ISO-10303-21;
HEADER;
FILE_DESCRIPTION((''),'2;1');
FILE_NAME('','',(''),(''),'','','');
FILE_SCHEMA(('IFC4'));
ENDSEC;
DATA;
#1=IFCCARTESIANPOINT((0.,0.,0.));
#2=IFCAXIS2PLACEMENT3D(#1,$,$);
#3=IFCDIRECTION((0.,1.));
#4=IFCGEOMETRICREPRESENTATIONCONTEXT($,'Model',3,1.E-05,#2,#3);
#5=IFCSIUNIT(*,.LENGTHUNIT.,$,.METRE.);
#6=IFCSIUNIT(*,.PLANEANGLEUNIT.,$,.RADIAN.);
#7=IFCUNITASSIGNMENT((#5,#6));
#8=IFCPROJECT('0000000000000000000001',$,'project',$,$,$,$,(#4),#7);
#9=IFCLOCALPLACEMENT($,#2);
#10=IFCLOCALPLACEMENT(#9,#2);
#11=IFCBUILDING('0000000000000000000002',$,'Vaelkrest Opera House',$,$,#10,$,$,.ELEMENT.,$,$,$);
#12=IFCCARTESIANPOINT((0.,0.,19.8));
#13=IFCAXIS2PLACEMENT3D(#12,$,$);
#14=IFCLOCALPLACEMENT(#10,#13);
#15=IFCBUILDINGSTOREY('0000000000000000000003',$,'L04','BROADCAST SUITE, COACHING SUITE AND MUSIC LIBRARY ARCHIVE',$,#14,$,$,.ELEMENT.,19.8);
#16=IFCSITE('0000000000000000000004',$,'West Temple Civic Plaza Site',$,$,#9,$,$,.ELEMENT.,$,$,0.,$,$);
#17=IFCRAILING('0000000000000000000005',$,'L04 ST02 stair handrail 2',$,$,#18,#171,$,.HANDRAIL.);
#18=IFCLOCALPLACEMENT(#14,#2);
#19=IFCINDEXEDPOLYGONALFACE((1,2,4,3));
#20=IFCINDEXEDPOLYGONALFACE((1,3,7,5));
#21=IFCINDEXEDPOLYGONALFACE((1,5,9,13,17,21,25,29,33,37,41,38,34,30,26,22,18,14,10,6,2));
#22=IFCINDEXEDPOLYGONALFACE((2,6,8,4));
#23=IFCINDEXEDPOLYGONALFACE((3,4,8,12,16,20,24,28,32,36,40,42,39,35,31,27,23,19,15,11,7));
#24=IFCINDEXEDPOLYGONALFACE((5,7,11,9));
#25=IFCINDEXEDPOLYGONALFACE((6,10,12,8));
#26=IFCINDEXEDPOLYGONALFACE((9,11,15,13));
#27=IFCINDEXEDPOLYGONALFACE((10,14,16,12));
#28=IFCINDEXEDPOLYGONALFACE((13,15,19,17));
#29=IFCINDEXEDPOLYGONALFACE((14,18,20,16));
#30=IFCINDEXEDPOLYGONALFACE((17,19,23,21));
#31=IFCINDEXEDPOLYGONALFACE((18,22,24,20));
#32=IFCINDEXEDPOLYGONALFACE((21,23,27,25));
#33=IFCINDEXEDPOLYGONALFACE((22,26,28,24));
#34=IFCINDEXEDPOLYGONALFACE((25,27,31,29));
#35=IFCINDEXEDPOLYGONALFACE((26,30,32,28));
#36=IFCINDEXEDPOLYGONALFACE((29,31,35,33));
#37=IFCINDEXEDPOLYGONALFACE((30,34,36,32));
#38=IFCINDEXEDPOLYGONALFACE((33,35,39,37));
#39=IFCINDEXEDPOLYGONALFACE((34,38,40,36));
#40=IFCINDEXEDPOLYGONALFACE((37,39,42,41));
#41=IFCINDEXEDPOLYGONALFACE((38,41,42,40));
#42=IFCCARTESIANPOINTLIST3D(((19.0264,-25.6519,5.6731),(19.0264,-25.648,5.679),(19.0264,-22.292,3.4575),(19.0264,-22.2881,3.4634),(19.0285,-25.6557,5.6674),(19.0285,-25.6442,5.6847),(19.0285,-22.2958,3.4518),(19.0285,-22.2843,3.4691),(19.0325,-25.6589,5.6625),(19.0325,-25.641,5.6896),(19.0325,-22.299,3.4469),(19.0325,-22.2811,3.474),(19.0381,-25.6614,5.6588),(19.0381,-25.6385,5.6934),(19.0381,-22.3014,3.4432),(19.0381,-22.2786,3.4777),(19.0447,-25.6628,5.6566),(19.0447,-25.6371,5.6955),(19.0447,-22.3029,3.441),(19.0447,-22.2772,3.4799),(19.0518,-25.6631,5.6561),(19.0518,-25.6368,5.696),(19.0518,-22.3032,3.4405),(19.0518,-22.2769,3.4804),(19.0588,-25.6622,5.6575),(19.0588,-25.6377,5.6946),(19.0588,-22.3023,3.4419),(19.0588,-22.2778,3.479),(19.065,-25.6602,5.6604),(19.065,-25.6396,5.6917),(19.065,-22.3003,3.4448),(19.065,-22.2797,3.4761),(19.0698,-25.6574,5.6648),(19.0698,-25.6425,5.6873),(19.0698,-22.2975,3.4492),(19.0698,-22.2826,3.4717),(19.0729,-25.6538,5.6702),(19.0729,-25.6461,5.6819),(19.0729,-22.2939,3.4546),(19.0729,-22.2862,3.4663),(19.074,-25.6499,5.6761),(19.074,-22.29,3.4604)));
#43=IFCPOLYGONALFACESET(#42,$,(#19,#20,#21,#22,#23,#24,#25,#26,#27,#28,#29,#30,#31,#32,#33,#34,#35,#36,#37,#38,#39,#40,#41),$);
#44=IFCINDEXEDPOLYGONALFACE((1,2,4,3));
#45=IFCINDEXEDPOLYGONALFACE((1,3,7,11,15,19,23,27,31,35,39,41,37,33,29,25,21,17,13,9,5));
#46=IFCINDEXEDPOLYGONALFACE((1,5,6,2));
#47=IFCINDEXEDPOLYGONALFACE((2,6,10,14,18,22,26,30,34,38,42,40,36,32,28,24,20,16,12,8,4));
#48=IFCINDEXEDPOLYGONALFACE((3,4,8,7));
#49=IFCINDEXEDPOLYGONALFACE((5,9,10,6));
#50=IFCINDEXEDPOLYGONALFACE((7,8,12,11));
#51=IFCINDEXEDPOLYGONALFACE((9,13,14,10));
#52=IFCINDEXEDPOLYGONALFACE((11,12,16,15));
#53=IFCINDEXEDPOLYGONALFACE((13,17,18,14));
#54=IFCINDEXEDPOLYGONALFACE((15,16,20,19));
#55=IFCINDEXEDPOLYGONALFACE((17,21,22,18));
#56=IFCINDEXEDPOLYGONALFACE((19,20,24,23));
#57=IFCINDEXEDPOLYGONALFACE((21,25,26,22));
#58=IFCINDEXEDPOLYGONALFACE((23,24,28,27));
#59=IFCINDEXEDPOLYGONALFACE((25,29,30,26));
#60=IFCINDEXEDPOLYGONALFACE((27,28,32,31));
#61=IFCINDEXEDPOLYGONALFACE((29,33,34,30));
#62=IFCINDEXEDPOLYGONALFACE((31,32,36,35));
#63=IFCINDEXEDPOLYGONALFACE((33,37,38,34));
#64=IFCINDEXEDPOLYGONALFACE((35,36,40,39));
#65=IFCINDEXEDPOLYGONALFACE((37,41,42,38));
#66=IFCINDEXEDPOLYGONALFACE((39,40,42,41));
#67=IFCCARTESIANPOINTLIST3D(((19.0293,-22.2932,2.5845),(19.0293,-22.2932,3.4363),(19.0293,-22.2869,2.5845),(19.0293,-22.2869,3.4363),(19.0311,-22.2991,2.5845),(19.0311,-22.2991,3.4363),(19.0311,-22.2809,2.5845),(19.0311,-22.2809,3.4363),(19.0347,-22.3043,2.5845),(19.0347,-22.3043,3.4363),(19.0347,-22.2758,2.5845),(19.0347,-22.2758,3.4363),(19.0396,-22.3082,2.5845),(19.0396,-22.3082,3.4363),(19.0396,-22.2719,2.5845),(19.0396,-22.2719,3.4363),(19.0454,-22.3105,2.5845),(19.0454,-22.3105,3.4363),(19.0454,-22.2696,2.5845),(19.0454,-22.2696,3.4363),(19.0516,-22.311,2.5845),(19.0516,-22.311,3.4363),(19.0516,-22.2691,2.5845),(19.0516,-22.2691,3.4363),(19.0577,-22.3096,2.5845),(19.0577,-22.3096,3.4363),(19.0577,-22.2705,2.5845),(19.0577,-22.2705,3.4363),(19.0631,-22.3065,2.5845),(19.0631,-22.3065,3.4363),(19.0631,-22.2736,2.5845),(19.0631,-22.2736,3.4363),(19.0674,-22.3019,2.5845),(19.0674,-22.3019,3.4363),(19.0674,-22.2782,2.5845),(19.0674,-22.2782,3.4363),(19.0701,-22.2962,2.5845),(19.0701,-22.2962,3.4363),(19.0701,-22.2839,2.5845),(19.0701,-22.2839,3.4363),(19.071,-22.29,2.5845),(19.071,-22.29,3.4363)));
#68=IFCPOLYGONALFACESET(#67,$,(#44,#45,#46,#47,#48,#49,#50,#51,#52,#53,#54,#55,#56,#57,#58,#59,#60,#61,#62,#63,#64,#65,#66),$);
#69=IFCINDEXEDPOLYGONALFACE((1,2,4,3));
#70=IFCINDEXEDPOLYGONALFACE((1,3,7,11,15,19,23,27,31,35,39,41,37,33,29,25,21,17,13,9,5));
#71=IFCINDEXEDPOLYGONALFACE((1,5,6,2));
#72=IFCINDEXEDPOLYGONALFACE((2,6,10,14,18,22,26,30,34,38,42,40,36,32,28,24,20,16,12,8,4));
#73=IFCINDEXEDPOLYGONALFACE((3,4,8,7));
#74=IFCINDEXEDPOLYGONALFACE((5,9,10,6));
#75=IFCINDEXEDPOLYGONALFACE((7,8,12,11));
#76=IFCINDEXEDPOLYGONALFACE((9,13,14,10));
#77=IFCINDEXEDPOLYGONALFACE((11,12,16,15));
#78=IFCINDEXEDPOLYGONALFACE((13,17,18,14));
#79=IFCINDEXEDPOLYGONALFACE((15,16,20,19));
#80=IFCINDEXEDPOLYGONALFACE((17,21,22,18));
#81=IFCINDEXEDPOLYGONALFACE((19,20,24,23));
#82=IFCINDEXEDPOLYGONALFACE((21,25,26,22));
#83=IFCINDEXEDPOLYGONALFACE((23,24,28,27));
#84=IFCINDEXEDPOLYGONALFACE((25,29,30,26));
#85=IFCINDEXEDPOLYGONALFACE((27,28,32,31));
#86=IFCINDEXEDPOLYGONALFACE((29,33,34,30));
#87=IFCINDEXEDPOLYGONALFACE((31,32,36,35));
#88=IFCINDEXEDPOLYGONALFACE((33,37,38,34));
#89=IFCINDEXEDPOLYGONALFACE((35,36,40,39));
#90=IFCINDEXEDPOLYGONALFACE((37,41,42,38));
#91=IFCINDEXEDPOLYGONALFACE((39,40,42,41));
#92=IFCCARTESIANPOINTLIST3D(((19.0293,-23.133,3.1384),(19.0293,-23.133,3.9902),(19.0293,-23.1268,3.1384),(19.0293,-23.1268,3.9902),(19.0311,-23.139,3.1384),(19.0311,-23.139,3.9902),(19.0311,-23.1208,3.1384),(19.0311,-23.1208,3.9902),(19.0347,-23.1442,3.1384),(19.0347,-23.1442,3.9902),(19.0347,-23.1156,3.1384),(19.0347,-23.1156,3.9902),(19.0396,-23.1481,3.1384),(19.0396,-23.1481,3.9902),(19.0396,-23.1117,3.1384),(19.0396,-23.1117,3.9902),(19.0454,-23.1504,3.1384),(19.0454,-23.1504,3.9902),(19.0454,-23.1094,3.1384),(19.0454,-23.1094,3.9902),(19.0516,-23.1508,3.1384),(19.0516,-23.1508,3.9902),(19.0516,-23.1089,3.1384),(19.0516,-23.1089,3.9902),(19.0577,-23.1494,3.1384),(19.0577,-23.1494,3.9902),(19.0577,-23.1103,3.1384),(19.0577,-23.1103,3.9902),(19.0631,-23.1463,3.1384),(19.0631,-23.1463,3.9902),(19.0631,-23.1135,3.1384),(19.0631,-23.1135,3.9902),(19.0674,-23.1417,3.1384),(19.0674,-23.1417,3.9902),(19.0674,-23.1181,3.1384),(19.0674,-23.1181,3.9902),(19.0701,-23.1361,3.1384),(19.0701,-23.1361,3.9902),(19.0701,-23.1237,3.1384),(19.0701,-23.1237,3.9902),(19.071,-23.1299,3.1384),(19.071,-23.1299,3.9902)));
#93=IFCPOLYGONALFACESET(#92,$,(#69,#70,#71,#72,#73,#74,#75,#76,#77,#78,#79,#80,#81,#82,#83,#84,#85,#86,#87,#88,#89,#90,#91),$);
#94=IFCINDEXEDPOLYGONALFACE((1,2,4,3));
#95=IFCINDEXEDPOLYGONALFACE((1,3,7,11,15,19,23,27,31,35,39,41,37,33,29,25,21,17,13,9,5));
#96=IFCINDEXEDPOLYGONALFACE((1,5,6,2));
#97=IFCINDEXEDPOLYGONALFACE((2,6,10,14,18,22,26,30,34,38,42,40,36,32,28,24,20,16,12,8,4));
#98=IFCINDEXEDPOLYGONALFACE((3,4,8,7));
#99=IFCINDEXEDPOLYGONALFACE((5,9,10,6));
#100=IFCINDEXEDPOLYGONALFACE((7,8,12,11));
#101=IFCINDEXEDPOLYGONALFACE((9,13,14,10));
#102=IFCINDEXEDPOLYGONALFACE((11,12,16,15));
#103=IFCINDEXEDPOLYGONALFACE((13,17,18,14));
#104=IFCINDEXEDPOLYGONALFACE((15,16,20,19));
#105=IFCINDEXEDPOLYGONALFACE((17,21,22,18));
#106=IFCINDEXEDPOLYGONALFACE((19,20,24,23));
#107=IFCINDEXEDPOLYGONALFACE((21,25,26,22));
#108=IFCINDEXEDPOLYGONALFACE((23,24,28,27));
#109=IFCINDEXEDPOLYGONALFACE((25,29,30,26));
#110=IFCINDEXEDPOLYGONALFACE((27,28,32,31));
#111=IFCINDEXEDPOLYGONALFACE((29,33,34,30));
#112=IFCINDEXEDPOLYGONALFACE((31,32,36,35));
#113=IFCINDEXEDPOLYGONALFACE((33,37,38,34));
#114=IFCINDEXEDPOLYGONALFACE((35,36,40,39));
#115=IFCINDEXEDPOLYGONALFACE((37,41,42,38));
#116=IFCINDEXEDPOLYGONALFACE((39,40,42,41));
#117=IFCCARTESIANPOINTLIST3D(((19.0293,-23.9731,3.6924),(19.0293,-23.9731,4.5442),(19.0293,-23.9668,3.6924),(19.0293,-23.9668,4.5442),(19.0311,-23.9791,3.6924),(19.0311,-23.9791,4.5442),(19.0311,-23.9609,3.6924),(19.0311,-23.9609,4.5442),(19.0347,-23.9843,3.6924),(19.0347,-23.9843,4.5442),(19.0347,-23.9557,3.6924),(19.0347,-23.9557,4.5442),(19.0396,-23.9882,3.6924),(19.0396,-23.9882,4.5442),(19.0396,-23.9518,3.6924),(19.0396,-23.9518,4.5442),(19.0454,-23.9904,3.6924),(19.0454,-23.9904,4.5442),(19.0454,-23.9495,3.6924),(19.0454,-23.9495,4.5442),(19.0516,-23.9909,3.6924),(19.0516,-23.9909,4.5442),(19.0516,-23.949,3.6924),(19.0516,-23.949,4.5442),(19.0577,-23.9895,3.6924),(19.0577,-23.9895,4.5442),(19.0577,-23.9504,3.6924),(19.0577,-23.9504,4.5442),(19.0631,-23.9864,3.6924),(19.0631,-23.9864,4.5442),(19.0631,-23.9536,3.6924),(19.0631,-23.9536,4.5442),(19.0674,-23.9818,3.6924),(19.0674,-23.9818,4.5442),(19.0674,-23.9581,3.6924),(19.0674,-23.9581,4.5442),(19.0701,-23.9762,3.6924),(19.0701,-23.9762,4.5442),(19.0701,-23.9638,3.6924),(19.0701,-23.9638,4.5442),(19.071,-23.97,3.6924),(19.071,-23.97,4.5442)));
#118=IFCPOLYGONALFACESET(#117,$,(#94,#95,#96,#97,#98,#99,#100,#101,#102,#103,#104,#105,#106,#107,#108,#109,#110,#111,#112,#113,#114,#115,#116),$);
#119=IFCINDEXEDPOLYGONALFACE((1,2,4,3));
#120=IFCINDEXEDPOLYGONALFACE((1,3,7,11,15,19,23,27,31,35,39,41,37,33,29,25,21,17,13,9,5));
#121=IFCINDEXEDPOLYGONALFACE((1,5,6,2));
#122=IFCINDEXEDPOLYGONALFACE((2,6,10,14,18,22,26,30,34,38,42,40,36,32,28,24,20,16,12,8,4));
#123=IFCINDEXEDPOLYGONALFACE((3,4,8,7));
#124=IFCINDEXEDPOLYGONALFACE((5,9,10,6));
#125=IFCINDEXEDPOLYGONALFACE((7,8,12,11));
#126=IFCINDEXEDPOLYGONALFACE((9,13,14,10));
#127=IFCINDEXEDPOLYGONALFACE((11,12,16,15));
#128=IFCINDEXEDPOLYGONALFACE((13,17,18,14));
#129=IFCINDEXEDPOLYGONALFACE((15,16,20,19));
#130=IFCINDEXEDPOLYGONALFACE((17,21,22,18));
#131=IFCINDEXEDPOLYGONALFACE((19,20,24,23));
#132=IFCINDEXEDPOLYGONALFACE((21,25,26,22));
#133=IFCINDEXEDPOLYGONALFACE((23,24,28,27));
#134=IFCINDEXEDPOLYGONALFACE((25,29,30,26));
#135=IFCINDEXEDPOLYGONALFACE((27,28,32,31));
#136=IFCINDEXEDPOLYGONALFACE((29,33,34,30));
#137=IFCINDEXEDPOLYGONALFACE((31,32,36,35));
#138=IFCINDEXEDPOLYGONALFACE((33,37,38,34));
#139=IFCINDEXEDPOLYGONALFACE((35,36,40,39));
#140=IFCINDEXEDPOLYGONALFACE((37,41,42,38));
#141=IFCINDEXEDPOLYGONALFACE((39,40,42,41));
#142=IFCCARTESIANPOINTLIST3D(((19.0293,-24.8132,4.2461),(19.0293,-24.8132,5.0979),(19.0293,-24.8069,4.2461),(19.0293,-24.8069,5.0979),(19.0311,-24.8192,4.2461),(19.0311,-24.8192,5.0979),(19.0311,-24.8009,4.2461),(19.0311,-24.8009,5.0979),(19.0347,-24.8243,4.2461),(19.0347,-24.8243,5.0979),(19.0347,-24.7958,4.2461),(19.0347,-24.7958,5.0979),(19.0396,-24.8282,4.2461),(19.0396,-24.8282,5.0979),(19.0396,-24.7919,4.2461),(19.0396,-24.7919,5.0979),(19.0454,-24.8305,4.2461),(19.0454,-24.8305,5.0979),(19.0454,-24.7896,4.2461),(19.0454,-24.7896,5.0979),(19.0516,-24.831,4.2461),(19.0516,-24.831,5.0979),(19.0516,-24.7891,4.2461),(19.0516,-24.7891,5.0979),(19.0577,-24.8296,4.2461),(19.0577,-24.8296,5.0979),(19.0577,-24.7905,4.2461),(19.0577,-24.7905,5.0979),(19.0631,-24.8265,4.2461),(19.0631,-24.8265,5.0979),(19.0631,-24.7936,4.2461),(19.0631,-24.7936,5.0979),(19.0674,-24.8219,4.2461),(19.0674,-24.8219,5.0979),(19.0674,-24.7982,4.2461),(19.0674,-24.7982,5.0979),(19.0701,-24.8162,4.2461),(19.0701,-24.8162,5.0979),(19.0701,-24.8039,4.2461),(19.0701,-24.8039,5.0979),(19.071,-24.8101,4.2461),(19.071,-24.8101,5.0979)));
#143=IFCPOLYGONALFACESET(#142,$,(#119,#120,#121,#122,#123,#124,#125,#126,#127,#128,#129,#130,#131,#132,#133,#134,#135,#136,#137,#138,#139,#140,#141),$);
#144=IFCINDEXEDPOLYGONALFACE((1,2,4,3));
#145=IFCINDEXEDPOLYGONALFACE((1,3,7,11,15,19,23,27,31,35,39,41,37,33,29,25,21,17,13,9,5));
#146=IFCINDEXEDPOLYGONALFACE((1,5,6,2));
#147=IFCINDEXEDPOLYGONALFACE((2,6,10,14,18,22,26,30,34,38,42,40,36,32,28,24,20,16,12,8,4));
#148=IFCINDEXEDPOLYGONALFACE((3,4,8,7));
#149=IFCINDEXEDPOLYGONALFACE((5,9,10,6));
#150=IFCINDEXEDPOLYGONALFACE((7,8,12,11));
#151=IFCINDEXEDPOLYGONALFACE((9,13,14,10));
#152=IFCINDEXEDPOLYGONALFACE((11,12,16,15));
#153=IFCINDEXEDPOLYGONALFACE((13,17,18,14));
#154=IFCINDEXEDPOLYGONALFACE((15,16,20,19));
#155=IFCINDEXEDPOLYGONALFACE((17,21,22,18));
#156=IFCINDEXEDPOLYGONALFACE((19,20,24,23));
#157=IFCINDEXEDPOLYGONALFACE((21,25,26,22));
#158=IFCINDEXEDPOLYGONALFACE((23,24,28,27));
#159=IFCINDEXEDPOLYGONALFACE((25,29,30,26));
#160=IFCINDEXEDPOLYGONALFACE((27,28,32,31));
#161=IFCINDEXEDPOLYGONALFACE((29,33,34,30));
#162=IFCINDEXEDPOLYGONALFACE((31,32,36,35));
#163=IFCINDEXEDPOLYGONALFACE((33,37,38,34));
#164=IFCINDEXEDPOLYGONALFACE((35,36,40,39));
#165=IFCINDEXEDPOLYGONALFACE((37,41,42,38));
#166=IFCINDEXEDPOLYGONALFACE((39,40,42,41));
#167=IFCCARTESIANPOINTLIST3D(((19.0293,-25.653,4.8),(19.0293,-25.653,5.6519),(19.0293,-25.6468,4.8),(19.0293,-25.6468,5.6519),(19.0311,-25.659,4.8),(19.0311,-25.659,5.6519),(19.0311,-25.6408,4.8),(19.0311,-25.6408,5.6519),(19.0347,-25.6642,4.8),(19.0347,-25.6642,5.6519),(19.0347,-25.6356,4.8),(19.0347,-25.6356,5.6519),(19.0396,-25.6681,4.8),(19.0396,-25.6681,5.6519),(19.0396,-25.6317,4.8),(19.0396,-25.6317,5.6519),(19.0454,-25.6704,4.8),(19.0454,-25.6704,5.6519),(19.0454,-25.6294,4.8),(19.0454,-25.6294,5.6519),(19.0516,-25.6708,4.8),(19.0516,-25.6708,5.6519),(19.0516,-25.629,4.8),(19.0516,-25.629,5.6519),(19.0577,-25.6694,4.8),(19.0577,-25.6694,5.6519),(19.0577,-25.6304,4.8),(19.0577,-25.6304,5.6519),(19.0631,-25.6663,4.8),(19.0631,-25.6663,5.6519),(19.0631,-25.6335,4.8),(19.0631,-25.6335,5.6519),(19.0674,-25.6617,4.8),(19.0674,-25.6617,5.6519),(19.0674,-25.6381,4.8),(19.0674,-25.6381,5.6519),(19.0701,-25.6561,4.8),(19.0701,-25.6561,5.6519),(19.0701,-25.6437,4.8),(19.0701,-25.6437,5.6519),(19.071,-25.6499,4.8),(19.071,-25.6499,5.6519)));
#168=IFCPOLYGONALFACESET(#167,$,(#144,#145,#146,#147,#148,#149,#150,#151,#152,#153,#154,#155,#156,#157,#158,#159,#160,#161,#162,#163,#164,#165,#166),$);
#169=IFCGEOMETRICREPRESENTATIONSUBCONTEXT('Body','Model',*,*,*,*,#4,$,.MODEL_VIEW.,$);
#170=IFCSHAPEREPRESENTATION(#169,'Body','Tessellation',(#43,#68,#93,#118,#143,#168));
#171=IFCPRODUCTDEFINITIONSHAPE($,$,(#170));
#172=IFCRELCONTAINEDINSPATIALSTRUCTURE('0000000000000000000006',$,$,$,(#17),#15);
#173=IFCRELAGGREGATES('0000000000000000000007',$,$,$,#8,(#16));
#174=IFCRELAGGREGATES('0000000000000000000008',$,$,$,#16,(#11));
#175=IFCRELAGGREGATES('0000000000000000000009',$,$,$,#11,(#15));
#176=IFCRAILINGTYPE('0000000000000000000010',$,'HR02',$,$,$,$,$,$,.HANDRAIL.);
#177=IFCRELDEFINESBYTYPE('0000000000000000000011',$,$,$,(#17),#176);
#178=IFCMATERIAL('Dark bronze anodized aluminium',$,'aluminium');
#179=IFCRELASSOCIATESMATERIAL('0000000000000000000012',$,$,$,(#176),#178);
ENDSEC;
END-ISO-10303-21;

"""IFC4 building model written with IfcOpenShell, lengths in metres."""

from ifc_helpers import new_model, si_unit, direction, frame, origin, origin_2d, place, context, subcontext, project, spatial, circle, extrude, material, type_object, element, save


model = new_model("IFC4")

# Units and contexts
model_context = context("Model", 3, precision=1e-05, world=origin(), true_north=direction((0.0, 1.0)))
body_context = subcontext(model_context, "Body", "Model", "MODEL_VIEW")
ifc_project = project(units=[si_unit("LENGTHUNIT", "METRE"), si_unit("PLANEANGLEUNIT", "RADIAN")], contexts=[model_context])

# Site, building, storey
site_placement = place(None, origin())
site = spatial("IfcSite", under=ifc_project, at=site_placement, Name="West Temple Civic Plaza Site", CompositionType="ELEMENT", RefElevation=0.0)
building_placement = place(site_placement, origin())
building = spatial("IfcBuilding", under=site, at=building_placement, Name="Vaelkrest Opera House", CompositionType="ELEMENT")
storey_placement = place(building_placement, frame((0.0, 0.0, 19.8)))
storey = spatial("IfcBuildingStorey", under=building, at=storey_placement, Name="L04", Description="BROADCAST SUITE, COACHING SUITE AND MUSIC LIBRARY ARCHIVE", CompositionType="ELEMENT", Elevation=19.8)

# Shared definitions
ifc_material_1 = material(Name="Dark bronze anodized aluminium", Category="aluminium")

# Railing
railing_type_1 = type_object("IfcRailingType", Name="HR02", PredefinedType="HANDRAIL", material=ifc_material_1)
railing_1_placement = place(storey_placement, frame((19.05, -22.29, 2.5845)))
element("IfcRailing", 1, at=railing_1_placement, inside=storey, type_object=railing_type_1, Name="L04 ST02 stair handrail 2", PredefinedType="HANDRAIL", context=body_context, shape_type="SweptSolid", body=[
    extrude(circle(Radius=0.0239, at=origin_2d()), frame((0.0, 0.0, 0.876), z_axis=(0.0, -0.83483, 0.550508), x_axis=(1.0, 0.0, 0.0)), (0.0, 0.0, 1.0), 4.0247),
    extrude(circle(Radius=0.021, at=origin_2d()), origin(), (0.0, 0.0, 1.0), 0.8518),
    extrude(circle(Radius=0.021, at=origin_2d()), frame((0.0, -0.8398, 0.554)), (0.0, 0.0, 1.0), 0.8518),
    extrude(circle(Radius=0.021, at=origin_2d()), frame((0.0, -1.6799, 1.1079)), (0.0, 0.0, 1.0), 0.8518),
    extrude(circle(Radius=0.021, at=origin_2d()), frame((0.0, -2.52, 1.6616)), (0.0, 0.0, 1.0), 0.8518),
    extrude(circle(Radius=0.021, at=origin_2d()), frame((0.0, -3.3599, 2.2156)), (0.0, 0.0, 1.0), 0.8518),
])

save(model, "model.ifc")
